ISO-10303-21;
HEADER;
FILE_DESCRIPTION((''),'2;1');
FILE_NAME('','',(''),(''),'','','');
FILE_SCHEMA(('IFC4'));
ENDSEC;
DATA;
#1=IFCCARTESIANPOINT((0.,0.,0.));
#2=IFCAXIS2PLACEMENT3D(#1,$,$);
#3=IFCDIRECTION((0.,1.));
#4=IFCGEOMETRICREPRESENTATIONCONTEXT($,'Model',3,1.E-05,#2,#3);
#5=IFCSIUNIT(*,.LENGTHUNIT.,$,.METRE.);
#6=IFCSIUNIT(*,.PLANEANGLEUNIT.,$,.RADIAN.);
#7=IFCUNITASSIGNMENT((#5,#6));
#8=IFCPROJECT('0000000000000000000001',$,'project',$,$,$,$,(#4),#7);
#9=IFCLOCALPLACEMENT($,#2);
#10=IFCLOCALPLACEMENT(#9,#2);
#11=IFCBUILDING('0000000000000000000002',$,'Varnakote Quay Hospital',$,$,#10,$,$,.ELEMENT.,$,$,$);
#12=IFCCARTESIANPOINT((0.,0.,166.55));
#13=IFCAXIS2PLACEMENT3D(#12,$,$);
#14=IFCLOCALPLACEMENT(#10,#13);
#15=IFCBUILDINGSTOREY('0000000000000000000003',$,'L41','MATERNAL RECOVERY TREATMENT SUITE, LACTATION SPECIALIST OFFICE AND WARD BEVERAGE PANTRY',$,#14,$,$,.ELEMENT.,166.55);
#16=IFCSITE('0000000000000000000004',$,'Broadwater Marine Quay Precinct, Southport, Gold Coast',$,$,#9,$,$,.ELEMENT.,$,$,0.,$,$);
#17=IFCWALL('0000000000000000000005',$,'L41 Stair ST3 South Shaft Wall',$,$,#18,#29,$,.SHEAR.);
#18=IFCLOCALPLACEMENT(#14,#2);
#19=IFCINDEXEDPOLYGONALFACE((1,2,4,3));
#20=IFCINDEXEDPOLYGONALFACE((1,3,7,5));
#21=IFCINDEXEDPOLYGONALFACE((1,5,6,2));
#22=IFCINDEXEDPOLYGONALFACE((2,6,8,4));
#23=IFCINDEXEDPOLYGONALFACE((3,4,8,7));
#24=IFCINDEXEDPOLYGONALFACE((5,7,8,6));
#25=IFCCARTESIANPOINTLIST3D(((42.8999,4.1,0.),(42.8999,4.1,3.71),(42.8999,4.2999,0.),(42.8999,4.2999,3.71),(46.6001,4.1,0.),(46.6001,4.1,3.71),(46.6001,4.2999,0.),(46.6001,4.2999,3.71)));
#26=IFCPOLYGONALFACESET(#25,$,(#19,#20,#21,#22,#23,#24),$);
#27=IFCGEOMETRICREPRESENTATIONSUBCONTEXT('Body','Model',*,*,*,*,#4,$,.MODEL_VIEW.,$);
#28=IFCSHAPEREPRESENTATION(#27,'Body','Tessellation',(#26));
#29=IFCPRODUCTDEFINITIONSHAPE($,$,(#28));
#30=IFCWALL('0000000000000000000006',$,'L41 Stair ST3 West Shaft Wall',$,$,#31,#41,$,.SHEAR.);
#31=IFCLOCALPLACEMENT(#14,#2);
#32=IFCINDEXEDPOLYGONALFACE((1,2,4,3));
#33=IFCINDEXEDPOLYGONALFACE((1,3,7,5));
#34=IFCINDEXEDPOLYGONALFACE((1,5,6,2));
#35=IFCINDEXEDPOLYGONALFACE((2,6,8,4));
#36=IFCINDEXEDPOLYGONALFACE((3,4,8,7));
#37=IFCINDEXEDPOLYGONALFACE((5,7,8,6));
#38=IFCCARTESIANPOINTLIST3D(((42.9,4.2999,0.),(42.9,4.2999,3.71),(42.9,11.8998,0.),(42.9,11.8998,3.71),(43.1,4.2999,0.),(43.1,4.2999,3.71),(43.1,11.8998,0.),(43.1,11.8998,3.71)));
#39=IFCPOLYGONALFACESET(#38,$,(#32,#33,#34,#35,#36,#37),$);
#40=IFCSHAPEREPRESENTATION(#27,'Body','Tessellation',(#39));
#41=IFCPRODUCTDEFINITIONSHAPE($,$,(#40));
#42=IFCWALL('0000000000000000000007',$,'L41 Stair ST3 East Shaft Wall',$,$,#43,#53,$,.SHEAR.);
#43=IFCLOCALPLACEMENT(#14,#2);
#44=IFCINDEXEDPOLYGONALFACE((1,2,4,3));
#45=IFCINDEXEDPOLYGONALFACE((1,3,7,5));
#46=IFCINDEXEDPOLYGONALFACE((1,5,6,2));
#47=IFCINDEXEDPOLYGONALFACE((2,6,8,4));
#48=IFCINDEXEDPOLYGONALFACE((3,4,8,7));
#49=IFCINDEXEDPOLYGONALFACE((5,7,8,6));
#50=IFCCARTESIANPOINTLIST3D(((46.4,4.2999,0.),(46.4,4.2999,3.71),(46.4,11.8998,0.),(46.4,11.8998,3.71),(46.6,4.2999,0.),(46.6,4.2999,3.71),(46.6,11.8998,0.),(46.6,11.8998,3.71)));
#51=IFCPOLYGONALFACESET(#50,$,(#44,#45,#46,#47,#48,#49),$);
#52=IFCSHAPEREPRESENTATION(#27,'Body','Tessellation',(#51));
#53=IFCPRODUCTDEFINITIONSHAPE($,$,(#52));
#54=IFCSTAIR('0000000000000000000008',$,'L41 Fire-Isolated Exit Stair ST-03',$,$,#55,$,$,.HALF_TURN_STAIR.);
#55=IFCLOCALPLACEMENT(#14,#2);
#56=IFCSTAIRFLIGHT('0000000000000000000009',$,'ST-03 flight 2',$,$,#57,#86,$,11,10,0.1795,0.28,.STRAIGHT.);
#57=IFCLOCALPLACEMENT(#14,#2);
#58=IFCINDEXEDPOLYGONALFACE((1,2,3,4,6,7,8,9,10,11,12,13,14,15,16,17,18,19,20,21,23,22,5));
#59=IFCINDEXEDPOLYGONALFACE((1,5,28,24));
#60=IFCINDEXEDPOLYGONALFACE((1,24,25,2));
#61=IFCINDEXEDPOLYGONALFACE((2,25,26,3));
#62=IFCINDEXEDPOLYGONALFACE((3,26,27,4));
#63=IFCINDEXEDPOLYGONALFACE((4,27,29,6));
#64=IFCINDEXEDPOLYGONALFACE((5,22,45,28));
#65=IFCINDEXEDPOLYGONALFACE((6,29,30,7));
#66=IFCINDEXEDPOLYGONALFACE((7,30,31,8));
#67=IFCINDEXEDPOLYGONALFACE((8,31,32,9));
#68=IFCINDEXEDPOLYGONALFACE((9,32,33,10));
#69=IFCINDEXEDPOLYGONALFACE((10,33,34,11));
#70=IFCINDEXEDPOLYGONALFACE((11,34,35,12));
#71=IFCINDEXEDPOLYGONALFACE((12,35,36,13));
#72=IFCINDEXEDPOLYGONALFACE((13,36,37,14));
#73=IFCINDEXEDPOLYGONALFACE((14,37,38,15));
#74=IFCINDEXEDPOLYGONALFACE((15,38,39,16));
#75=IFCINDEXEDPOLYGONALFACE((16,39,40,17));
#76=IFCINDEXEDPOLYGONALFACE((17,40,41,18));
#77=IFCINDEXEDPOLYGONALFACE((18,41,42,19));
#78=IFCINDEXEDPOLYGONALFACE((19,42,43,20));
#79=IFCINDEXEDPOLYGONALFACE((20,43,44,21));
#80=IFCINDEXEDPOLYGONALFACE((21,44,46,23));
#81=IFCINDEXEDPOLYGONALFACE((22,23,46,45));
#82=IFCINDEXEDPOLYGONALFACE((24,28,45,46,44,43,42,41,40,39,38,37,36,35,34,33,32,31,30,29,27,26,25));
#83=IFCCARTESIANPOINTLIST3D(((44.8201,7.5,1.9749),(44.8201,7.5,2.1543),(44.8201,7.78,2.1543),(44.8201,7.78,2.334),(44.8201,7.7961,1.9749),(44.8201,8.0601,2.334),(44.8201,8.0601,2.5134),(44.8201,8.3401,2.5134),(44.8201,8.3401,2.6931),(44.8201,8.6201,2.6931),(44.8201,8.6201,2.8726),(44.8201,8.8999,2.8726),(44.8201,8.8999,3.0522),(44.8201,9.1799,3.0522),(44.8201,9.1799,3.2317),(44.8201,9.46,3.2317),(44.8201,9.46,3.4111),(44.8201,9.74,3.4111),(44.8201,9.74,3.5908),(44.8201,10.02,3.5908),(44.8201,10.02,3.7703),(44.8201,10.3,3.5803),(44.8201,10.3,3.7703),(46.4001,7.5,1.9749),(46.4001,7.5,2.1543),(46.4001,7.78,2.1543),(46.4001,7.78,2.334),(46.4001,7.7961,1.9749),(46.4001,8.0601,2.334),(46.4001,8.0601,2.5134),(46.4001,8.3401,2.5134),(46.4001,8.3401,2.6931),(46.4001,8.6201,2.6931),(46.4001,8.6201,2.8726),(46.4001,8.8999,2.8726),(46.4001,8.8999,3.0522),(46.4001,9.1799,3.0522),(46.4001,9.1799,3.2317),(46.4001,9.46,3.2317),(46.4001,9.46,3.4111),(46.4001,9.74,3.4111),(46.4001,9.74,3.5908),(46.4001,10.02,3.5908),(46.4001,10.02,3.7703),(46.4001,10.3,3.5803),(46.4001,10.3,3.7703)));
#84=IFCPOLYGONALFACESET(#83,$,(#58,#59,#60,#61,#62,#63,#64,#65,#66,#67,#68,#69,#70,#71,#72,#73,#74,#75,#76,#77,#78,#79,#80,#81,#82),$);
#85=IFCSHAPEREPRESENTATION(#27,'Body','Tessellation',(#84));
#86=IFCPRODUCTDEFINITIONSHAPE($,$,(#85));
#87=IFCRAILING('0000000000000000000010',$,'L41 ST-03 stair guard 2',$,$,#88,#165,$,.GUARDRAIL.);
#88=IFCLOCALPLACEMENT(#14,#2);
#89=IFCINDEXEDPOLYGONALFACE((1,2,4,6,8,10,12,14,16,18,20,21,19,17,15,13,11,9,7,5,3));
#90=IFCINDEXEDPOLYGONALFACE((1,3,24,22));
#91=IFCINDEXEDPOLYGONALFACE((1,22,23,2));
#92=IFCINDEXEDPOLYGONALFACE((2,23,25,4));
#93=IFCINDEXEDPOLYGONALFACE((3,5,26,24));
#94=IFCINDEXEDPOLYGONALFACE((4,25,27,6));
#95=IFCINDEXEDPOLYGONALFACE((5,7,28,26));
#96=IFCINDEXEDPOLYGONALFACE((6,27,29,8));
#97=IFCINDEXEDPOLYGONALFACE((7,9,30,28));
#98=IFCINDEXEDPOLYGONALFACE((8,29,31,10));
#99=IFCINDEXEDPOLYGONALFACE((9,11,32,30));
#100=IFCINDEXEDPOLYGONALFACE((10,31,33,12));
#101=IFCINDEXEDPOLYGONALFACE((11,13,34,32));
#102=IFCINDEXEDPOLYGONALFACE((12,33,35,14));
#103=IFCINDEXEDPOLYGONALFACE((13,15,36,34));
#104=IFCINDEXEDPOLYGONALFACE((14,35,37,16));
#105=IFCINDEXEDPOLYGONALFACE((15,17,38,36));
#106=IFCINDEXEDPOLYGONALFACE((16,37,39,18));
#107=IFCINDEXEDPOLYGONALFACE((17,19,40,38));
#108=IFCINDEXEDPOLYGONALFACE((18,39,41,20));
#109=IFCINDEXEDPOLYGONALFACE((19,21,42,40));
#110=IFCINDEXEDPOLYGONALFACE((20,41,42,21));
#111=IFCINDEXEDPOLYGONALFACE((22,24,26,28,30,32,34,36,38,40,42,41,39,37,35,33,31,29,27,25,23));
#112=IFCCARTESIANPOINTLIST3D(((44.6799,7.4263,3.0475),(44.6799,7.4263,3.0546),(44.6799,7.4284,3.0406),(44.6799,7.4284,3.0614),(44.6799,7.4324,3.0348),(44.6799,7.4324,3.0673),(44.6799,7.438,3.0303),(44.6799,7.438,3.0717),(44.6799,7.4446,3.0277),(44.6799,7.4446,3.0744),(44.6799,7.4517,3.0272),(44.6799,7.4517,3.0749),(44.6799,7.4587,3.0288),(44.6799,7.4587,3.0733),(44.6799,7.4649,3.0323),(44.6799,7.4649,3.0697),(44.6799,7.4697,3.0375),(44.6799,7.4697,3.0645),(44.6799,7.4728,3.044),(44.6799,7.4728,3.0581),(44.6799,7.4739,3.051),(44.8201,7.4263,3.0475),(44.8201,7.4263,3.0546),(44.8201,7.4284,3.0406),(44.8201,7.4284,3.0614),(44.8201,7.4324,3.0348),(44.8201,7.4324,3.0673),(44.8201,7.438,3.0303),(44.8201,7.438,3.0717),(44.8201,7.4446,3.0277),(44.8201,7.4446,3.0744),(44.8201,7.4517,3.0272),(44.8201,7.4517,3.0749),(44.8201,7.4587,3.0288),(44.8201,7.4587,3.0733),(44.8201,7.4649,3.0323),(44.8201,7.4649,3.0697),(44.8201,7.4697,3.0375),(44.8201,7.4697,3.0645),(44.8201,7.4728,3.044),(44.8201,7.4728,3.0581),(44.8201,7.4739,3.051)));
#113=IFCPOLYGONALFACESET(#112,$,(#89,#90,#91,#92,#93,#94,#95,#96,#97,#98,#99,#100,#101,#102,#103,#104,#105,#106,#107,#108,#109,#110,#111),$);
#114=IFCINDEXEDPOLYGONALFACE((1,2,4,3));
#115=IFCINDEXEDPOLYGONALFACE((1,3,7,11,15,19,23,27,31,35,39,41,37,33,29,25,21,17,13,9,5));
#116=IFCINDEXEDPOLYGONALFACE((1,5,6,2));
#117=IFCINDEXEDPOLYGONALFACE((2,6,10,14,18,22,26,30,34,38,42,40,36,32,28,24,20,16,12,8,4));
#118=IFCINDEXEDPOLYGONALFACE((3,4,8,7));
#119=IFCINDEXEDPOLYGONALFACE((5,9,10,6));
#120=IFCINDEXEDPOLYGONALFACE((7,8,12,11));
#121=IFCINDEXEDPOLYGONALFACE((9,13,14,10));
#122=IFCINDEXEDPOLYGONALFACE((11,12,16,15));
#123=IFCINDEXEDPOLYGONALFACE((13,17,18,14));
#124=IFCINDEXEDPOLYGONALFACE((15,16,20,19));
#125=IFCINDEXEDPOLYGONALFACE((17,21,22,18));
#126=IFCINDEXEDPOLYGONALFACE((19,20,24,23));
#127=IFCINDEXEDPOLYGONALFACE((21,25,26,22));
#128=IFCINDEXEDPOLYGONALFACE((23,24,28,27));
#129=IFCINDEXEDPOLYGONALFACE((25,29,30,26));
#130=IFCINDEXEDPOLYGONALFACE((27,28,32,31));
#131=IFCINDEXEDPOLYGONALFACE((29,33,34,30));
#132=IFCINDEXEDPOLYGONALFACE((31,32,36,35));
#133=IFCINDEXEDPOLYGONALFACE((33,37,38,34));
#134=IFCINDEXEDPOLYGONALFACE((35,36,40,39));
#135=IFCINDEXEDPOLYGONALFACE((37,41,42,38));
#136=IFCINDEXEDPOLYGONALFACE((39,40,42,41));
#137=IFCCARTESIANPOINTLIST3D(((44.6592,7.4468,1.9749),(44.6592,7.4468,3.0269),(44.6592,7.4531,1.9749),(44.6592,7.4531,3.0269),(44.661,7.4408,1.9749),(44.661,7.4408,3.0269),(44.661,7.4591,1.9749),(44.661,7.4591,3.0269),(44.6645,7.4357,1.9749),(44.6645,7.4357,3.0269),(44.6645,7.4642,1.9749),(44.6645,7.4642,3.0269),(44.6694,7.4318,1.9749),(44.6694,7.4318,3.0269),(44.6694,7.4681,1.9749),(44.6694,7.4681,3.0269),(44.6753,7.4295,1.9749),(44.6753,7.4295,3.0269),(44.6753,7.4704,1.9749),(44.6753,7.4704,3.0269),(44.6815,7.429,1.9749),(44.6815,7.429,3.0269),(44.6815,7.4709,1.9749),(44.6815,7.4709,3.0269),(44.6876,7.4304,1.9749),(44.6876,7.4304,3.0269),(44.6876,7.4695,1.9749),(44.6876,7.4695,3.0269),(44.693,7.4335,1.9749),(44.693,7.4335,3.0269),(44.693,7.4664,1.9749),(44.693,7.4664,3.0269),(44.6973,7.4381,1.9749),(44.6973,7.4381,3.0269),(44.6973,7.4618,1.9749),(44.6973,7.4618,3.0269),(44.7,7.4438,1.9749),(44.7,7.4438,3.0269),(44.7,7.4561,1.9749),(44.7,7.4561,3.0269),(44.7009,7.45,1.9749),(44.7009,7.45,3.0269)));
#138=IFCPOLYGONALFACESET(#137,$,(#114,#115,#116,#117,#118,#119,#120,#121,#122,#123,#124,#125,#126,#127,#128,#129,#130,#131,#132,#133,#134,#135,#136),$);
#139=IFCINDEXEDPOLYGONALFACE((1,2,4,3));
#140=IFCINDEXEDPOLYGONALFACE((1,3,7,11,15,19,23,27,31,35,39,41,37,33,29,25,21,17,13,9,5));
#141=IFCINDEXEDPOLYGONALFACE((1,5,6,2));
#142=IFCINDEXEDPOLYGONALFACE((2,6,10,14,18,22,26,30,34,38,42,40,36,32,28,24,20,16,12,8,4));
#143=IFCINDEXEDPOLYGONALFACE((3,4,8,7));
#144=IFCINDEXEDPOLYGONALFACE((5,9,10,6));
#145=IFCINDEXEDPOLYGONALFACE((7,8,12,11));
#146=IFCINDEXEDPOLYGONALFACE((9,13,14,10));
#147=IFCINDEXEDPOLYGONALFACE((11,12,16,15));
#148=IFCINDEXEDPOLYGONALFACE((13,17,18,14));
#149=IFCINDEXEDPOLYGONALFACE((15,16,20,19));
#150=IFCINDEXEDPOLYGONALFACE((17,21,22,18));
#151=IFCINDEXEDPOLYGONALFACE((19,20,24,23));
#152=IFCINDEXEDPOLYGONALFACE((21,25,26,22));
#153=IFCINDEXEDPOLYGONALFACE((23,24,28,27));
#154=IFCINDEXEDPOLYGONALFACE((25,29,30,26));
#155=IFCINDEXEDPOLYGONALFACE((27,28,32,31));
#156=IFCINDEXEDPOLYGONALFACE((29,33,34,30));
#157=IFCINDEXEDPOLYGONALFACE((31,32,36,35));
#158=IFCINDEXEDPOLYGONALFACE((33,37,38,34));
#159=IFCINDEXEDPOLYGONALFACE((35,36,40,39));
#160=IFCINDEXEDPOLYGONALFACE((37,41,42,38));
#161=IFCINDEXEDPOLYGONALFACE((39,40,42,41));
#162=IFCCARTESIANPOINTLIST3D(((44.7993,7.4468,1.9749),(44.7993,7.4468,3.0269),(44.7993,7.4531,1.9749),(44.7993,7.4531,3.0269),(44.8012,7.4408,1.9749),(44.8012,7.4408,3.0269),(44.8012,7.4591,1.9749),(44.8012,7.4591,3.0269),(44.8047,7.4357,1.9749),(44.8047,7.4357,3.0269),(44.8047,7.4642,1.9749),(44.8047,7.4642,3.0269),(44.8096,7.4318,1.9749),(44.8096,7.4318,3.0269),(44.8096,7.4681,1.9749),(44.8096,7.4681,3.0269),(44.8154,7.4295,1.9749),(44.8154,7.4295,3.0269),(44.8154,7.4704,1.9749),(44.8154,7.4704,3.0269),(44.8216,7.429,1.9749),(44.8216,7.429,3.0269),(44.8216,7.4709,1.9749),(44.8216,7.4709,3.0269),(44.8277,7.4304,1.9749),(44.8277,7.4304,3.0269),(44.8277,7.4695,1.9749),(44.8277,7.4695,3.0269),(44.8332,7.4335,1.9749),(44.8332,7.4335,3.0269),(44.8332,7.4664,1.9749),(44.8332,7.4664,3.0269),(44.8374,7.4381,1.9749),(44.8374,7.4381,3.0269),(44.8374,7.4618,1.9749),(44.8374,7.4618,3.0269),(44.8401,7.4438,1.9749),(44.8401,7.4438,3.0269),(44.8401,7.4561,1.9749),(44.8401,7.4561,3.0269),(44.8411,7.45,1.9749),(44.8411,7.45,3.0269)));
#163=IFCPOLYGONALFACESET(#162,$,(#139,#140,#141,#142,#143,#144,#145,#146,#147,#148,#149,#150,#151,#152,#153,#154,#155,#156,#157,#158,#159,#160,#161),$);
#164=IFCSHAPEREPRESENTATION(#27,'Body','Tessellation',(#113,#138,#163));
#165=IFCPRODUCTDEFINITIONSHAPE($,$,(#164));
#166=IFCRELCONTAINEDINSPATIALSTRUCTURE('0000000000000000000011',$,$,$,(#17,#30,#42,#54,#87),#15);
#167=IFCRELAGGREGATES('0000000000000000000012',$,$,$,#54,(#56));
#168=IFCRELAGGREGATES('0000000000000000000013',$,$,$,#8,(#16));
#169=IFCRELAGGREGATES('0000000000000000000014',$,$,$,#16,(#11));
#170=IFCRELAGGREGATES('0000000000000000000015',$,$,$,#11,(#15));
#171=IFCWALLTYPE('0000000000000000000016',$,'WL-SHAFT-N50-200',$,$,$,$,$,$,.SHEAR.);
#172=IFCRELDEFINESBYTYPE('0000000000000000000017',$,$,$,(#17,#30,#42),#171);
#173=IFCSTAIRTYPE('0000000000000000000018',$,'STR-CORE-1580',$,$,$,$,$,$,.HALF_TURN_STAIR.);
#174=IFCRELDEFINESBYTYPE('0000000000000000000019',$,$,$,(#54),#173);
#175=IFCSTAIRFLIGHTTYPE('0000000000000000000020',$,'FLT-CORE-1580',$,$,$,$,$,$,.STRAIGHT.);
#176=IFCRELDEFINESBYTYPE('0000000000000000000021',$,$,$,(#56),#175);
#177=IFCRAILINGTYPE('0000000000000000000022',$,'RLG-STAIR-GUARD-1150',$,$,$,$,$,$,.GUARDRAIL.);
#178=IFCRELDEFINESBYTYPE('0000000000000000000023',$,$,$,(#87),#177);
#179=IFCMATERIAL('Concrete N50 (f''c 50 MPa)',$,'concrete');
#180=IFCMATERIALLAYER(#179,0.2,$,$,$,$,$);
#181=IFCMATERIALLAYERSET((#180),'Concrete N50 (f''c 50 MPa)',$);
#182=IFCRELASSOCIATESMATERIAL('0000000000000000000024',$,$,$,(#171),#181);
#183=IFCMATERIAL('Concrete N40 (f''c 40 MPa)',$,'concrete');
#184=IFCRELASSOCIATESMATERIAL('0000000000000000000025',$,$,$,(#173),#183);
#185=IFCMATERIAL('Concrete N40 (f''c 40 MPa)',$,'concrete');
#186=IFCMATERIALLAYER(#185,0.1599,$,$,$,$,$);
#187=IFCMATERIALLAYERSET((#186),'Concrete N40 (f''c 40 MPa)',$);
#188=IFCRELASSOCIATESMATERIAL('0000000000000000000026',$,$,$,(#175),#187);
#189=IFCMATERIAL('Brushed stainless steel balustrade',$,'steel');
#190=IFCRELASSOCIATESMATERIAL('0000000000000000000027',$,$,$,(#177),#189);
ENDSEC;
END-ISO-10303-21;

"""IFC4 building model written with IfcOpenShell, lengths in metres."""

from ifc_helpers import new_model, si_unit, direction, frame, frame_2d, origin, origin_2d, place, context, subcontext, project, spatial, polyline, rectangle, circle, outline, extrude, material, layer, layer_set, type_object, element, aggregate, save


model = new_model("IFC4")

# Units and contexts
model_context = context("Model", 3, precision=1e-05, world=origin(), true_north=direction((0.0, 1.0)))
body_context = subcontext(model_context, "Body", "Model", "MODEL_VIEW")
ifc_project = project(units=[si_unit("LENGTHUNIT", "METRE"), si_unit("PLANEANGLEUNIT", "RADIAN")], contexts=[model_context])

# Site, building, storey
site_placement = place(None, origin())
site = spatial("IfcSite", under=ifc_project, at=site_placement, Name="Broadwater Marine Quay Precinct, Southport, Gold Coast", CompositionType="ELEMENT", RefElevation=0.0)
building_placement = place(site_placement, origin())
building = spatial("IfcBuilding", under=site, at=building_placement, Name="Varnakote Quay Hospital", CompositionType="ELEMENT")
storey_placement = place(building_placement, frame((0.0, 0.0, 166.55)))
storey = spatial("IfcBuildingStorey", under=building, at=storey_placement, Name="L41", Description="MATERNAL RECOVERY TREATMENT SUITE, LACTATION SPECIALIST OFFICE AND WARD BEVERAGE PANTRY", CompositionType="ELEMENT", Elevation=166.55)

# Walls
ifc_material_1 = material(Name="Concrete N50 (f'c 50 MPa)", Category="concrete")
ifc_layer_1 = layer(ifc_material_1, 0.2)
ifc_layer_set_1 = layer_set([ifc_layer_1], Name="Concrete N50 (f'c 50 MPa)")
wall_type_1 = type_object("IfcWallType", Name="WL-SHAFT-N50-200", PredefinedType="SHEAR", material=ifc_layer_set_1)
wall_1_placement = place(storey_placement, frame((42.8999, 4.2, 0.0), z_axis=(0.0, 0.0, 1.0), x_axis=(1.0, 0.0, 0.0)))
element("IfcWall", 1, at=wall_1_placement, inside=storey, type_object=wall_type_1, Name="L41 Stair ST3 South Shaft Wall", PredefinedType="SHEAR", context=body_context, shape_type="SweptSolid", body=[
    extrude(rectangle(XDim=3.7002, YDim=0.2, at=frame_2d((1.8501, 0.0))), origin(), (0.0, 0.0, 1.0), 3.71),
])
for number, where, z_axis, x_axis, name in (
    (2, (43.0, 4.3, 0.0), (0.0, 0.0, 1.0), (0.0, 1.0, 0.0), "L41 Stair ST3 West Shaft Wall"),
    (3, (46.5, 4.3, 0.0), (0.0, 0.0, 1.0), (0.0, 1.0, 0.0), "L41 Stair ST3 East Shaft Wall"),
):
    element("IfcWall", number, at=place(storey_placement, frame(where, z_axis=z_axis, x_axis=x_axis)), inside=storey, type_object=wall_type_1, Name=name, PredefinedType="SHEAR", context=body_context, shape_type="SweptSolid", body=[
        extrude(rectangle(XDim=7.5999, YDim=0.2, at=frame_2d((3.7998, 0.0))), origin(), (0.0, 0.0, 1.0), 3.71),
    ])

# Stair, stair flight
ifc_material_2 = material(Name="Concrete N40 (f'c 40 MPa)", Category="concrete")
stair_type = type_object("IfcStairType", Name="STR-CORE-1580", PredefinedType="HALF_TURN_STAIR", material=ifc_material_2)
stair_placement = place(storey_placement, origin())
stair = element("IfcStair", 4, at=stair_placement, inside=storey, type_object=stair_type, Name="L41 Fire-Isolated Exit Stair ST-03", PredefinedType="HALF_TURN_STAIR")
ifc_material_3 = material(Name="Concrete N40 (f'c 40 MPa)", Category="concrete")
ifc_layer_2 = layer(ifc_material_3, 0.1599)
ifc_layer_set_2 = layer_set([ifc_layer_2], Name="Concrete N40 (f'c 40 MPa)")
stair_flight_type = type_object("IfcStairFlightType", Name="FLT-CORE-1580", PredefinedType="STRAIGHT", material=ifc_layer_set_2)
stair_flight_placement = place(storey_placement, frame((45.6101, 7.5, 1.9749), z_axis=(0.0, 0.0, 1.0), x_axis=(0.0, 1.0, 0.0)))
stair_flight = element("IfcStairFlight", 5, at=stair_flight_placement, type_object=stair_flight_type, Name="ST-03 flight 2", NumberOfRisers=11, NumberOfTreads=10, PredefinedType="STRAIGHT", RiserHeight=0.1795, TreadLength=0.28, context=body_context, shape_type="SweptSolid", body=[
    extrude(outline(polyline([(0.0, 0.0), (0.0, 0.1794), (0.28, 0.1794), (0.28, 0.3591), (0.5601, 0.3591), (0.5601, 0.5386), (0.8401, 0.5386), (0.8401, 0.7183), (1.1201, 0.7183), (1.1201, 0.8977), (1.3999, 0.8977), (1.3999, 1.0774), (1.6799, 1.0774), (1.6799, 1.2568), (1.96, 1.2568), (1.96, 1.4363), (2.24, 1.4363), (2.24, 1.616), (2.52, 1.616), (2.52, 1.7954), (2.8, 1.7954), (2.8, 1.9751), (2.8, 1.6055), (0.2961, 0.0), (0.0, 0.0)])), frame((0.0, 0.79, 0.0), z_axis=(0.0, -1.0, 0.0), x_axis=(1.0, 0.0, 0.0)), (0.0, 0.0, 1.0), 1.5801),
])
aggregate(stair, [stair_flight])

# Railing
ifc_material_4 = material(Name="Brushed stainless steel balustrade", Category="steel")
railing_type_1 = type_object("IfcRailingType", Name="RLG-STAIR-GUARD-1150", PredefinedType="GUARDRAIL", material=ifc_material_4)
railing_1_placement = place(storey_placement, frame((44.6799, 7.45, 1.9749)))
element("IfcRailing", 6, at=railing_1_placement, inside=storey, type_object=railing_type_1, Name="L41 ST-03 stair guard 2", PredefinedType="GUARDRAIL", context=body_context, shape_type="SweptSolid", body=[
    extrude(circle(Radius=0.0239, at=origin_2d()), frame((0.0, 0.0, 1.0762), z_axis=(1.0, 0.0, 0.0), x_axis=(0.0, 1.0, 0.0)), (0.0, 0.0, 1.0), 0.1401),
    extrude(circle(Radius=0.021, at=origin_2d()), origin(), (0.0, 0.0, 1.0), 1.052),
    extrude(circle(Radius=0.021, at=origin_2d()), frame((0.1401, 0.0, 0.0)), (0.0, 0.0, 1.0), 1.052),
])

save(model, "model.ifc")
